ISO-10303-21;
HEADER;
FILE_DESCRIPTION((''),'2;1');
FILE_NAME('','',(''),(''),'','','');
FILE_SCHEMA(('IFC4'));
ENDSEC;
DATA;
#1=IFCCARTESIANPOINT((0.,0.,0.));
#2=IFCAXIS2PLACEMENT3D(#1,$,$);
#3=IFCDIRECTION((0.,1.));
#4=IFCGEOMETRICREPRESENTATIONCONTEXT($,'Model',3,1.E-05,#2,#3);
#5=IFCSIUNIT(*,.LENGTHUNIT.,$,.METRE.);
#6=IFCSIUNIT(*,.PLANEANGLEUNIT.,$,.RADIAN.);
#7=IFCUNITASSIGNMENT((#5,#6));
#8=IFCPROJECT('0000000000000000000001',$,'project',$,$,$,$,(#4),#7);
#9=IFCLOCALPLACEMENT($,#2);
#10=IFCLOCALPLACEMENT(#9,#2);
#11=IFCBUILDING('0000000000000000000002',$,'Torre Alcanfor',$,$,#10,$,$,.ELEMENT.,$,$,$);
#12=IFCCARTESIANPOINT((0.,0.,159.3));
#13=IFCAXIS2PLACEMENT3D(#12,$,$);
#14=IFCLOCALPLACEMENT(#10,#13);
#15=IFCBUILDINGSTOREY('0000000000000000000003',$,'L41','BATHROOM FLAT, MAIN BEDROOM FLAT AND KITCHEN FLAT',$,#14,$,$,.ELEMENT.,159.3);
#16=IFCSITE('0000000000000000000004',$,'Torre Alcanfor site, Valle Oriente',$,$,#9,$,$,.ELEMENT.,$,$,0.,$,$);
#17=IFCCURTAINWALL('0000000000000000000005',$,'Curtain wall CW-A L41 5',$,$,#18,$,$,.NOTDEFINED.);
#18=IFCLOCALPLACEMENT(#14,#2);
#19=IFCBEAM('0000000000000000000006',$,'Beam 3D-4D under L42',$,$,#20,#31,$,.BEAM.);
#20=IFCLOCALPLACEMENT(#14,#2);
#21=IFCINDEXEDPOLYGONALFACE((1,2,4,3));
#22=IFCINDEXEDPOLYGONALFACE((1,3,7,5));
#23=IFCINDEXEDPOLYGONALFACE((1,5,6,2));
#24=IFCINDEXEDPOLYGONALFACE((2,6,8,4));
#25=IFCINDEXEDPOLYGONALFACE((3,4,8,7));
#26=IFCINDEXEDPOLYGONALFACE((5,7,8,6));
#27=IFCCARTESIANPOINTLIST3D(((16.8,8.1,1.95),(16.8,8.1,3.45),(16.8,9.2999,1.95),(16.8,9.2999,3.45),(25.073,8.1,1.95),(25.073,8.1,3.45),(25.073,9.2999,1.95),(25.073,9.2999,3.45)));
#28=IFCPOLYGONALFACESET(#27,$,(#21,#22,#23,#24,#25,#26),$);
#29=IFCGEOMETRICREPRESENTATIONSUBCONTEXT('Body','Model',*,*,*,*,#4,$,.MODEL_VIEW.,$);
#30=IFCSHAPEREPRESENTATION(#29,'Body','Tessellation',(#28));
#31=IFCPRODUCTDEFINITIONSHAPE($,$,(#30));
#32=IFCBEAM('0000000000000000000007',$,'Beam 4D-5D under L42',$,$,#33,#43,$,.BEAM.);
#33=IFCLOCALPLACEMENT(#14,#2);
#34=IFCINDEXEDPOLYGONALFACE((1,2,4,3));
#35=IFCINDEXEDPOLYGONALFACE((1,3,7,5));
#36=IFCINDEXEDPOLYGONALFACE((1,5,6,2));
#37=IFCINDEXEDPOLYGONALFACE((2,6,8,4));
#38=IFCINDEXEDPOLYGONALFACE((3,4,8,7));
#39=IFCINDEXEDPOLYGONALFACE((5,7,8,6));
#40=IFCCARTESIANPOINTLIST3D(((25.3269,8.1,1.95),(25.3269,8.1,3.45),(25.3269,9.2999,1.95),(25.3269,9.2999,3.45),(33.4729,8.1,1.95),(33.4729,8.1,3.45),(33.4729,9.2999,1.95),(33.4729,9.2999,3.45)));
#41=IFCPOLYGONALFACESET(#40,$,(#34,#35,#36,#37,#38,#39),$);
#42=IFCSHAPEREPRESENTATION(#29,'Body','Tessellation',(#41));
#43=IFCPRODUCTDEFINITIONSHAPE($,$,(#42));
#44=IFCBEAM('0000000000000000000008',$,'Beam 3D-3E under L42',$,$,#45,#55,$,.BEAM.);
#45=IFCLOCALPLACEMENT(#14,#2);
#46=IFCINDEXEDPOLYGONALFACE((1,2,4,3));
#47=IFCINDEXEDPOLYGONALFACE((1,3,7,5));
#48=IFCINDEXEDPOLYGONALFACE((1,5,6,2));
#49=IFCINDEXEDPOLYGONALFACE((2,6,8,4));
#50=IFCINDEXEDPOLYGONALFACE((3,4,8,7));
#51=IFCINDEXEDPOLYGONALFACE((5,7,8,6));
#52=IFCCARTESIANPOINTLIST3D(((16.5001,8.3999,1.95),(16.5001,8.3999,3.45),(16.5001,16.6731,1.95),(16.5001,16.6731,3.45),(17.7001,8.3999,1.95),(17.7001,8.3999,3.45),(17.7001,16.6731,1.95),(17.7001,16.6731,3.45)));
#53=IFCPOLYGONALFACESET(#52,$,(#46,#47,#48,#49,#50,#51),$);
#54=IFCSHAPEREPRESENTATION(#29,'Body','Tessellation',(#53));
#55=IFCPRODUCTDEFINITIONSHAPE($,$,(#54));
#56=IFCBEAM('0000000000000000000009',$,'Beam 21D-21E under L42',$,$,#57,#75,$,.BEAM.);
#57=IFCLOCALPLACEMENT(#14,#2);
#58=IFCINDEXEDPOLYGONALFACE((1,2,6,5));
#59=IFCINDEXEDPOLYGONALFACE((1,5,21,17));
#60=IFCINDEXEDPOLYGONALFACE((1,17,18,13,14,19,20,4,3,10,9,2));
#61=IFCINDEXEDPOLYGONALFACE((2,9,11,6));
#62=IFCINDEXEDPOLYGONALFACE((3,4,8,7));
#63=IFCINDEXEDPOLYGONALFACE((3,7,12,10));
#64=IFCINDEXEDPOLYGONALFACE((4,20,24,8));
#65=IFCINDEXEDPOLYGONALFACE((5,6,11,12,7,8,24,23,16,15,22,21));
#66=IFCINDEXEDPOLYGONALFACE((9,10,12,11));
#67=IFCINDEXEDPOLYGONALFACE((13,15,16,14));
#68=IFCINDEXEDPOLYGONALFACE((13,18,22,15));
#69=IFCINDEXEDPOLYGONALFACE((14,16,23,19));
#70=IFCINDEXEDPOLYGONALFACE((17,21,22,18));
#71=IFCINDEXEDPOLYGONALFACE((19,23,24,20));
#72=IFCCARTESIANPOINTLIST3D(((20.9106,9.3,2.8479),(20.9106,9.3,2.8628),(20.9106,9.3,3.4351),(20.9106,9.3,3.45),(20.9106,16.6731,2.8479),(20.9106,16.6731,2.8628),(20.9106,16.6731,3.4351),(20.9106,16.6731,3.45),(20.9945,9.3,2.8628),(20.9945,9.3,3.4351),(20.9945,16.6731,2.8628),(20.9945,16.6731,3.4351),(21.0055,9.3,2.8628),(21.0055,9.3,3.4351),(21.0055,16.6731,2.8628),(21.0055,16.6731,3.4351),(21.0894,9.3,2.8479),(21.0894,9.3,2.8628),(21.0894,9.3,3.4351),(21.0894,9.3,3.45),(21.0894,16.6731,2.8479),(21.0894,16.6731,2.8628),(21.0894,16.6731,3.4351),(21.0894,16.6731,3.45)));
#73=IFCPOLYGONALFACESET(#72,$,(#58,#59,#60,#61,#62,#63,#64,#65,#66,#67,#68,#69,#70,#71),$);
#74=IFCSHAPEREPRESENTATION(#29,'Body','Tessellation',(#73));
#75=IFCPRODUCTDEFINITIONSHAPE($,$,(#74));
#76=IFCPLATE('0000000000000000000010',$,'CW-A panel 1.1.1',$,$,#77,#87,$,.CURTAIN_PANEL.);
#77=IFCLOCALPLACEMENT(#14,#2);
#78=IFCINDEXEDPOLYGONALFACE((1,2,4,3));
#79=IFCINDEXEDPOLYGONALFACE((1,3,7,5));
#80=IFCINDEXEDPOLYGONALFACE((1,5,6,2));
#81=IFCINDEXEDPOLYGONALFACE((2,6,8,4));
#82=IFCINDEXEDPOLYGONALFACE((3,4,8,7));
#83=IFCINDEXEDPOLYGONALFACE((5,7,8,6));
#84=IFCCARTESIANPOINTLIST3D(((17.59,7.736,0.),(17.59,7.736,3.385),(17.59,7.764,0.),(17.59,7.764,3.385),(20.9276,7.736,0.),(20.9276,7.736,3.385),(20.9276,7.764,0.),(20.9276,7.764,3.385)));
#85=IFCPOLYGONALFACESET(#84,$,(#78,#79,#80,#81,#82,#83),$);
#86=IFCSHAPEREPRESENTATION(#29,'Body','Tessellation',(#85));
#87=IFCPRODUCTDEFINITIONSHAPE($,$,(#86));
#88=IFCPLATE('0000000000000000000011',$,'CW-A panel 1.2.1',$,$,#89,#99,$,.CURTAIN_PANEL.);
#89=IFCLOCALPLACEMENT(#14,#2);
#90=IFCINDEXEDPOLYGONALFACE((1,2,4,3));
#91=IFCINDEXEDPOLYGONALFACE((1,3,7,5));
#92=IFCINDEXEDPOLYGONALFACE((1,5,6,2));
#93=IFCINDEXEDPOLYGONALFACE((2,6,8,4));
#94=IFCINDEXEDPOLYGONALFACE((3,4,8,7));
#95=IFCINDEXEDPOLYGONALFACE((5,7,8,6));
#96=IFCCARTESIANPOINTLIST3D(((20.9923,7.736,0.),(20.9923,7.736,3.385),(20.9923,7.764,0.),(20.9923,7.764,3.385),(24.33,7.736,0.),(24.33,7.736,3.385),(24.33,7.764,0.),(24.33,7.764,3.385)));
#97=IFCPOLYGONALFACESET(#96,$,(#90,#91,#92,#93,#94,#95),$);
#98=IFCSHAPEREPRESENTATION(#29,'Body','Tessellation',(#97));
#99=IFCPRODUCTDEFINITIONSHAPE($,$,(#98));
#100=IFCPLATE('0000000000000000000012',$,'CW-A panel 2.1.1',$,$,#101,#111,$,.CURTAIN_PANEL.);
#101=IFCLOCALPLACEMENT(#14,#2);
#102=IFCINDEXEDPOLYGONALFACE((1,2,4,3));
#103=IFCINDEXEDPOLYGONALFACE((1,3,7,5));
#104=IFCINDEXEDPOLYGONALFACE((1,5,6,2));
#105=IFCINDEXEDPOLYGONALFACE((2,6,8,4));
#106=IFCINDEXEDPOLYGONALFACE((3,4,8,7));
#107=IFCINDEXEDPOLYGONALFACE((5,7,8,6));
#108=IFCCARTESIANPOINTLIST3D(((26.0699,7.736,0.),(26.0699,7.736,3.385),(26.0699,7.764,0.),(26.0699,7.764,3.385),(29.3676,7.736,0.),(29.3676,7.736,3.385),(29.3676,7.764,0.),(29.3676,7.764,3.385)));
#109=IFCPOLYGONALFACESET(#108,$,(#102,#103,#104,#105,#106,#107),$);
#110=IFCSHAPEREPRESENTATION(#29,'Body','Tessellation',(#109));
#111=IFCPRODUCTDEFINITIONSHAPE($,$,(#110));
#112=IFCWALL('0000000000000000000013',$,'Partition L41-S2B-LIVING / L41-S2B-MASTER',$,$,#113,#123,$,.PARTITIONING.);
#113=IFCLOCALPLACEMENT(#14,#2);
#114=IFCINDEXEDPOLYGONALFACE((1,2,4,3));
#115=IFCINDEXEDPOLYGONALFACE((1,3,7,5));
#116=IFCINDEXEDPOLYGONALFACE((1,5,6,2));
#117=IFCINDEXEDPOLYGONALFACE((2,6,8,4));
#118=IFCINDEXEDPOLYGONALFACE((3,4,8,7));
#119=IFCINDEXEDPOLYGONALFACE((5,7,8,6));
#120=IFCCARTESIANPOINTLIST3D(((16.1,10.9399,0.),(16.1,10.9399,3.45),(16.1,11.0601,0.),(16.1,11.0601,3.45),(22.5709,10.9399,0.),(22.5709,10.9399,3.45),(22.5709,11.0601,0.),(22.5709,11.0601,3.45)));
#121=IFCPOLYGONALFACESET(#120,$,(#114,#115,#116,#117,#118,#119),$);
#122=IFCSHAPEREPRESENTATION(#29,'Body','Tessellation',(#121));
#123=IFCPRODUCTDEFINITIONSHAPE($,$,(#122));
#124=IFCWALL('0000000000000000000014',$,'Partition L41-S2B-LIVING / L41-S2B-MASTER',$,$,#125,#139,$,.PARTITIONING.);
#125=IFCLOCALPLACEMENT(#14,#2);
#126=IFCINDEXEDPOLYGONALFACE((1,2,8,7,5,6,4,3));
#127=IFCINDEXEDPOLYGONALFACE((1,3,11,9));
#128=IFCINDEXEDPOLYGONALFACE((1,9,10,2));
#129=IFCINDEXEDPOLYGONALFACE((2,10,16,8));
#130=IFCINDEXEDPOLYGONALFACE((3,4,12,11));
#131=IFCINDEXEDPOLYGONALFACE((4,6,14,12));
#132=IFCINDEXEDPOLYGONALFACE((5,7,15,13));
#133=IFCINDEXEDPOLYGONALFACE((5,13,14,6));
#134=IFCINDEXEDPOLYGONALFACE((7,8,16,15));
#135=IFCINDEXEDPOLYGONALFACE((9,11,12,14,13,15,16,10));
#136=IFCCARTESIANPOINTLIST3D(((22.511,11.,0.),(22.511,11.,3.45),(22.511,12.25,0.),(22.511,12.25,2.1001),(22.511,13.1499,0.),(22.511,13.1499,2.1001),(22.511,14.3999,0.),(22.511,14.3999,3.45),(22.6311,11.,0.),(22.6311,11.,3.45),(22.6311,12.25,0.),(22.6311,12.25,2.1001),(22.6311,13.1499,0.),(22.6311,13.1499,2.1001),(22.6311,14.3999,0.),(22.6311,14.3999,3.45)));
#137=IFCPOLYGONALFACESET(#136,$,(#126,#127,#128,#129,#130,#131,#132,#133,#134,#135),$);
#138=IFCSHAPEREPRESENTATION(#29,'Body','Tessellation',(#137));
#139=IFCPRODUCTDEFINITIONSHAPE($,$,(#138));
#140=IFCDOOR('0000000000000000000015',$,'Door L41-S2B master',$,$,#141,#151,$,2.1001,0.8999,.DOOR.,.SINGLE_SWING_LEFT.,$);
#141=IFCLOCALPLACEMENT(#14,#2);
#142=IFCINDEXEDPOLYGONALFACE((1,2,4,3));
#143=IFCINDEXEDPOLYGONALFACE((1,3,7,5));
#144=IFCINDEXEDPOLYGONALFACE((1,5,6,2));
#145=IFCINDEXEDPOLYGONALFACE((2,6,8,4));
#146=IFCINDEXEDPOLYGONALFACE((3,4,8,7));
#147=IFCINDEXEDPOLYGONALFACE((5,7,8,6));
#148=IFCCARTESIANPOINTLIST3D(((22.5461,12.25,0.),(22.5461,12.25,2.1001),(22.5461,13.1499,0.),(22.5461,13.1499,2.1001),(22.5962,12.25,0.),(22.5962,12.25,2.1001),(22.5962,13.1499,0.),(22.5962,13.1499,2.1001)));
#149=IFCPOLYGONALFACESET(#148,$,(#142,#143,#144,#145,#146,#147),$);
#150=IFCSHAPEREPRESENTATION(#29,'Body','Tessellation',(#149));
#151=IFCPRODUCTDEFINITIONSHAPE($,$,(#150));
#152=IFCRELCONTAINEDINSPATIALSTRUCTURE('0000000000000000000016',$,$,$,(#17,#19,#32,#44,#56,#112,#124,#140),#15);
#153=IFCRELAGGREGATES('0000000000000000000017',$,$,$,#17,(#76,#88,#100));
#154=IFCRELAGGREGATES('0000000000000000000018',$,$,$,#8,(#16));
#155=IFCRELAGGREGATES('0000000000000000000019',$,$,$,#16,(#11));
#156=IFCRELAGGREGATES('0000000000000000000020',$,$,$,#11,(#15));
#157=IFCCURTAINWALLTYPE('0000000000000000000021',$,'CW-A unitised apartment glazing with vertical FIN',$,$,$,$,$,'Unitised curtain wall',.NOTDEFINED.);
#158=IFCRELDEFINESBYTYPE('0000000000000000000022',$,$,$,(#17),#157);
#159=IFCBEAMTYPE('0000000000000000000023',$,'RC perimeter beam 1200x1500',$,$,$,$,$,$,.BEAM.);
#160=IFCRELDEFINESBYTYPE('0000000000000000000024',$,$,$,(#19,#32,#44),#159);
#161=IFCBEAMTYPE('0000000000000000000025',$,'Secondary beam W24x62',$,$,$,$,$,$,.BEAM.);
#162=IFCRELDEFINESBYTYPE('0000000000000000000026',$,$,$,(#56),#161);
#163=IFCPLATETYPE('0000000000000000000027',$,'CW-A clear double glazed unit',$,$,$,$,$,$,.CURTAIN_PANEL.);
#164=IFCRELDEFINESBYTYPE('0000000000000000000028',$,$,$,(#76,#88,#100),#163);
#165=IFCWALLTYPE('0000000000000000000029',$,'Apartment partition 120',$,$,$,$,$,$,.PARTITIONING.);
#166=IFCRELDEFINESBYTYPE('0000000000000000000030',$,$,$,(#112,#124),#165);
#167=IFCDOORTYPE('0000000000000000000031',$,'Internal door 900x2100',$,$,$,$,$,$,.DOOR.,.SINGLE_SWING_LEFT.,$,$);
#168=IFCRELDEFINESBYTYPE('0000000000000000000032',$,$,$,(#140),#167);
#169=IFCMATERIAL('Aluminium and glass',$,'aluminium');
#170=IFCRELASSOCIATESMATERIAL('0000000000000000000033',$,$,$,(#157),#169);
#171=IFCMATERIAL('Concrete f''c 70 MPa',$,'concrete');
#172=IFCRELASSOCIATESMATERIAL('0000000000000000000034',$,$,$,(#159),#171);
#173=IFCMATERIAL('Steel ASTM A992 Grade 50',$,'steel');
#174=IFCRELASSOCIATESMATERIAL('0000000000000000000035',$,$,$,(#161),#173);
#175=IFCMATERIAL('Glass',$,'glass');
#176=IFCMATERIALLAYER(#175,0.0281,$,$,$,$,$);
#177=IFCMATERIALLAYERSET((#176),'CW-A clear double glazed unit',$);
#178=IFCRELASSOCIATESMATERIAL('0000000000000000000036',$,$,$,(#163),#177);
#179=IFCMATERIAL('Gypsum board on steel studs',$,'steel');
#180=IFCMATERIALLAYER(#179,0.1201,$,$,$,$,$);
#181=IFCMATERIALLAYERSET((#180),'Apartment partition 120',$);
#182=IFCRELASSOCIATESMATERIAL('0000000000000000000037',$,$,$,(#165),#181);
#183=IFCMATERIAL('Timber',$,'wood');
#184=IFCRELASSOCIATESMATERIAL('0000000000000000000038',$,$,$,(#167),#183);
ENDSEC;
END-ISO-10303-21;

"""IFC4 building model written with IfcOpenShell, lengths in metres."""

from ifc_helpers import new_model, si_unit, direction, frame, frame_2d, origin, origin_2d, place, context, subcontext, project, spatial, rectangle, i_section, extrude, material, layer, layer_set, material_profile, profile_set, type_object, element, fill, aggregate, save


model = new_model("IFC4")

# Units and contexts
model_context = context("Model", 3, precision=1e-05, world=origin(), true_north=direction((0.0, 1.0)))
body_context = subcontext(model_context, "Body", "Model", "MODEL_VIEW")
ifc_project = project(units=[si_unit("LENGTHUNIT", "METRE"), si_unit("PLANEANGLEUNIT", "RADIAN")], contexts=[model_context])

# Site, building, storey
site_placement = place(None, origin())
site = spatial("IfcSite", under=ifc_project, at=site_placement, Name="Torre Alcanfor site, Valle Oriente", CompositionType="ELEMENT", RefElevation=0.0)
building_placement = place(site_placement, origin())
building = spatial("IfcBuilding", under=site, at=building_placement, Name="Torre Alcanfor", CompositionType="ELEMENT")
storey_placement = place(building_placement, frame((0.0, 0.0, 159.3)))
storey = spatial("IfcBuildingStorey", under=building, at=storey_placement, Name="L41", Description="BATHROOM FLAT, MAIN BEDROOM FLAT AND KITCHEN FLAT", CompositionType="ELEMENT", Elevation=159.3)

# Curtain wall
ifc_material_1 = material(Name="Aluminium and glass", Category="aluminium")
curtain_wall_type = type_object("IfcCurtainWallType", Name="CW-A unitised apartment glazing with vertical FIN", ElementType="Unitised curtain wall", PredefinedType="NOTDEFINED", material=ifc_material_1)
curtain_wall_placement = place(storey_placement, origin())
curtain_wall = element("IfcCurtainWall", 1, at=curtain_wall_placement, inside=storey, type_object=curtain_wall_type, Name="Curtain wall CW-A L41 5", PredefinedType="NOTDEFINED")

# Beams
ifc_material_2 = material(Name="Concrete f'c 70 MPa", Category="concrete")
ifc_material_profile_1 = material_profile(ifc_material_2, rectangle(XDim=1.2, YDim=1.5, at=origin_2d()), Name="1200x1500")
ifc_profile_set_1 = profile_set([ifc_material_profile_1], Name="Concrete f'c 70 MPa")
beam_type_1 = type_object("IfcBeamType", Name="RC perimeter beam 1200x1500", PredefinedType="BEAM", material=ifc_profile_set_1)
beam_1_placement = place(storey_placement, frame((16.8, 8.7, 2.7), z_axis=(1.0, 0.0, 0.0), x_axis=(0.0, 1.0, 0.0)))
element("IfcBeam", 2, at=beam_1_placement, inside=storey, type_object=beam_type_1, Name="Beam 3D-4D under L42", PredefinedType="BEAM", context=body_context, shape_type="SweptSolid", body=[
    extrude(rectangle(XDim=1.2, YDim=1.5, at=origin_2d()), origin(), (0.0, 0.0, 1.0), 8.2729),
])
beam_2_placement = place(storey_placement, frame((25.3269, 8.7, 2.7), z_axis=(1.0, 0.0, 0.0), x_axis=(0.0, 1.0, 0.0)))
element("IfcBeam", 3, at=beam_2_placement, inside=storey, type_object=beam_type_1, Name="Beam 4D-5D under L42", PredefinedType="BEAM", context=body_context, shape_type="SweptSolid", body=[
    extrude(rectangle(XDim=1.2, YDim=1.5, at=origin_2d()), origin(), (0.0, 0.0, 1.0), 8.146),
])
beam_3_placement = place(storey_placement, frame((17.1001, 8.3999, 2.7), z_axis=(0.0, 1.0, 0.0), x_axis=(-1.0, 0.0, 0.0)))
element("IfcBeam", 4, at=beam_3_placement, inside=storey, type_object=beam_type_1, Name="Beam 3D-3E under L42", PredefinedType="BEAM", context=body_context, shape_type="SweptSolid", body=[
    extrude(rectangle(XDim=1.2, YDim=1.5, at=origin_2d()), origin(), (0.0, 0.0, 1.0), 8.2732),
])
ifc_material_3 = material(Name="Steel ASTM A992 Grade 50", Category="steel")
ifc_material_profile_2 = material_profile(ifc_material_3, i_section(OverallWidth=0.1787, OverallDepth=0.6021, WebThickness=0.011, FlangeThickness=0.0149, at=origin_2d()), Name="W24x62")
ifc_profile_set_2 = profile_set([ifc_material_profile_2], Name="Steel ASTM A992 Grade 50")
beam_type_2 = type_object("IfcBeamType", Name="Secondary beam W24x62", PredefinedType="BEAM", material=ifc_profile_set_2)
beam_4_placement = place(storey_placement, frame((21.0, 9.3, 3.1489), z_axis=(0.0, 1.0, 0.0), x_axis=(-1.0, 0.0, 0.0)))
element("IfcBeam", 5, at=beam_4_placement, inside=storey, type_object=beam_type_2, Name="Beam 21D-21E under L42", PredefinedType="BEAM", context=body_context, shape_type="SweptSolid", body=[
    extrude(i_section(OverallWidth=0.1787, OverallDepth=0.6021, WebThickness=0.011, FlangeThickness=0.0149, at=origin_2d()), origin(), (0.0, 0.0, 1.0), 7.373),
])

# Plates
ifc_material_4 = material(Name="Glass", Category="glass")
ifc_layer_1 = layer(ifc_material_4, 0.0281)
ifc_layer_set_1 = layer_set([ifc_layer_1], Name="CW-A clear double glazed unit")
plate_type = type_object("IfcPlateType", Name="CW-A clear double glazed unit", PredefinedType="CURTAIN_PANEL", material=ifc_layer_set_1)
plate_1_placement = place(storey_placement, frame((19.2588, 7.75, 0.0), z_axis=(0.0, 0.0, 1.0), x_axis=(1.0, 0.0, 0.0)))
plate_1 = element("IfcPlate", 6, at=plate_1_placement, type_object=plate_type, Name="CW-A panel 1.1.1", PredefinedType="CURTAIN_PANEL", context=body_context, shape_type="SweptSolid", body=[
    extrude(rectangle(XDim=3.3376, YDim=0.0281, at=origin_2d()), origin(), (0.0, 0.0, 1.0), 3.385),
])
plate_2_placement = place(storey_placement, frame((22.6611, 7.75, 0.0), z_axis=(0.0, 0.0, 1.0), x_axis=(1.0, 0.0, 0.0)))
plate_2 = element("IfcPlate", 7, at=plate_2_placement, type_object=plate_type, Name="CW-A panel 1.2.1", PredefinedType="CURTAIN_PANEL", context=body_context, shape_type="SweptSolid", body=[
    extrude(rectangle(XDim=3.3376, YDim=0.0281, at=origin_2d()), origin(), (0.0, 0.0, 1.0), 3.385),
])
plate_3_placement = place(storey_placement, frame((27.7188, 7.75, 0.0), z_axis=(0.0, 0.0, 1.0), x_axis=(1.0, 0.0, 0.0)))
plate_3 = element("IfcPlate", 8, at=plate_3_placement, type_object=plate_type, Name="CW-A panel 2.1.1", PredefinedType="CURTAIN_PANEL", context=body_context, shape_type="SweptSolid", body=[
    extrude(rectangle(XDim=3.2976, YDim=0.0281, at=origin_2d()), origin(), (0.0, 0.0, 1.0), 3.385),
])
aggregate(curtain_wall, [plate_1, plate_2, plate_3])

# Wall
ifc_material_5 = material(Name="Gypsum board on steel studs", Category="steel")
ifc_layer_2 = layer(ifc_material_5, 0.1201)
ifc_layer_set_2 = layer_set([ifc_layer_2], Name="Apartment partition 120")
wall_type_1 = type_object("IfcWallType", Name="Apartment partition 120", PredefinedType="PARTITIONING", material=ifc_layer_set_2)
wall_1_placement = place(storey_placement, frame((16.1001, 11.0, 0.0), z_axis=(0.0, 0.0, 1.0), x_axis=(1.0, 0.0, 0.0)))
element("IfcWall", 9, at=wall_1_placement, inside=storey, type_object=wall_type_1, Name="Partition L41-S2B-LIVING / L41-S2B-MASTER", PredefinedType="PARTITIONING", context=body_context, shape_type="SweptSolid", body=[
    extrude(rectangle(XDim=6.4709, YDim=0.1201, at=frame_2d((3.2354, 0.0))), origin(), (0.0, 0.0, 1.0), 3.45),
])

# Wall, opening, door
wall_2_placement = place(storey_placement, frame((22.571, 11.0, 0.0), z_axis=(0.0, 0.0, 1.0), x_axis=(0.0, 1.0, 0.0)))
wall_2 = element("IfcWall", 10, at=wall_2_placement, inside=storey, type_object=wall_type_1, Name="Partition L41-S2B-LIVING / L41-S2B-MASTER", PredefinedType="PARTITIONING", context=body_context, shape_type="SweptSolid", body=[
    extrude(rectangle(XDim=3.3999, YDim=0.1201, at=frame_2d((1.7, 0.0))), origin(), (0.0, 0.0, 1.0), 3.45),
])
opening_1_placement = place(wall_2_placement, frame((1.25, 0.0, 0.0)))
opening_1 = element("IfcOpeningElement", 11, at=opening_1_placement, cuts=wall_2, PredefinedType="OPENING", context=body_context, shape_type="SweptSolid", body=[
    extrude(rectangle(XDim=0.8999, YDim=2.1001, at=frame_2d((0.45, 1.05))), frame((0.0, 0.0701, 0.0), z_axis=(0.0, -1.0, 0.0), x_axis=(1.0, 0.0, 0.0)), (0.0, 0.0, 1.0), 0.1401),
])
ifc_material_6 = material(Name="Timber", Category="wood")
door_type_1 = type_object("IfcDoorType", Name="Internal door 900x2100", OperationType="SINGLE_SWING_LEFT", PredefinedType="DOOR", material=ifc_material_6)
door_1_placement = place(opening_1_placement, origin())
door_1 = element("IfcDoor", 12, at=door_1_placement, inside=storey, type_object=door_type_1, Name="Door L41-S2B master", OperationType="SINGLE_SWING_LEFT", OverallHeight=2.1001, OverallWidth=0.8999, PredefinedType="DOOR", context=body_context, shape_type="SweptSolid", body=[
    extrude(rectangle(XDim=0.8999, YDim=2.1001, at=frame_2d((0.45, 1.05))), frame((0.0, 0.0249, 0.0), z_axis=(0.0, -1.0, 0.0), x_axis=(1.0, 0.0, 0.0)), (0.0, 0.0, 1.0), 0.05),
])
fill(opening_1, door_1)

save(model, "model.ifc")
